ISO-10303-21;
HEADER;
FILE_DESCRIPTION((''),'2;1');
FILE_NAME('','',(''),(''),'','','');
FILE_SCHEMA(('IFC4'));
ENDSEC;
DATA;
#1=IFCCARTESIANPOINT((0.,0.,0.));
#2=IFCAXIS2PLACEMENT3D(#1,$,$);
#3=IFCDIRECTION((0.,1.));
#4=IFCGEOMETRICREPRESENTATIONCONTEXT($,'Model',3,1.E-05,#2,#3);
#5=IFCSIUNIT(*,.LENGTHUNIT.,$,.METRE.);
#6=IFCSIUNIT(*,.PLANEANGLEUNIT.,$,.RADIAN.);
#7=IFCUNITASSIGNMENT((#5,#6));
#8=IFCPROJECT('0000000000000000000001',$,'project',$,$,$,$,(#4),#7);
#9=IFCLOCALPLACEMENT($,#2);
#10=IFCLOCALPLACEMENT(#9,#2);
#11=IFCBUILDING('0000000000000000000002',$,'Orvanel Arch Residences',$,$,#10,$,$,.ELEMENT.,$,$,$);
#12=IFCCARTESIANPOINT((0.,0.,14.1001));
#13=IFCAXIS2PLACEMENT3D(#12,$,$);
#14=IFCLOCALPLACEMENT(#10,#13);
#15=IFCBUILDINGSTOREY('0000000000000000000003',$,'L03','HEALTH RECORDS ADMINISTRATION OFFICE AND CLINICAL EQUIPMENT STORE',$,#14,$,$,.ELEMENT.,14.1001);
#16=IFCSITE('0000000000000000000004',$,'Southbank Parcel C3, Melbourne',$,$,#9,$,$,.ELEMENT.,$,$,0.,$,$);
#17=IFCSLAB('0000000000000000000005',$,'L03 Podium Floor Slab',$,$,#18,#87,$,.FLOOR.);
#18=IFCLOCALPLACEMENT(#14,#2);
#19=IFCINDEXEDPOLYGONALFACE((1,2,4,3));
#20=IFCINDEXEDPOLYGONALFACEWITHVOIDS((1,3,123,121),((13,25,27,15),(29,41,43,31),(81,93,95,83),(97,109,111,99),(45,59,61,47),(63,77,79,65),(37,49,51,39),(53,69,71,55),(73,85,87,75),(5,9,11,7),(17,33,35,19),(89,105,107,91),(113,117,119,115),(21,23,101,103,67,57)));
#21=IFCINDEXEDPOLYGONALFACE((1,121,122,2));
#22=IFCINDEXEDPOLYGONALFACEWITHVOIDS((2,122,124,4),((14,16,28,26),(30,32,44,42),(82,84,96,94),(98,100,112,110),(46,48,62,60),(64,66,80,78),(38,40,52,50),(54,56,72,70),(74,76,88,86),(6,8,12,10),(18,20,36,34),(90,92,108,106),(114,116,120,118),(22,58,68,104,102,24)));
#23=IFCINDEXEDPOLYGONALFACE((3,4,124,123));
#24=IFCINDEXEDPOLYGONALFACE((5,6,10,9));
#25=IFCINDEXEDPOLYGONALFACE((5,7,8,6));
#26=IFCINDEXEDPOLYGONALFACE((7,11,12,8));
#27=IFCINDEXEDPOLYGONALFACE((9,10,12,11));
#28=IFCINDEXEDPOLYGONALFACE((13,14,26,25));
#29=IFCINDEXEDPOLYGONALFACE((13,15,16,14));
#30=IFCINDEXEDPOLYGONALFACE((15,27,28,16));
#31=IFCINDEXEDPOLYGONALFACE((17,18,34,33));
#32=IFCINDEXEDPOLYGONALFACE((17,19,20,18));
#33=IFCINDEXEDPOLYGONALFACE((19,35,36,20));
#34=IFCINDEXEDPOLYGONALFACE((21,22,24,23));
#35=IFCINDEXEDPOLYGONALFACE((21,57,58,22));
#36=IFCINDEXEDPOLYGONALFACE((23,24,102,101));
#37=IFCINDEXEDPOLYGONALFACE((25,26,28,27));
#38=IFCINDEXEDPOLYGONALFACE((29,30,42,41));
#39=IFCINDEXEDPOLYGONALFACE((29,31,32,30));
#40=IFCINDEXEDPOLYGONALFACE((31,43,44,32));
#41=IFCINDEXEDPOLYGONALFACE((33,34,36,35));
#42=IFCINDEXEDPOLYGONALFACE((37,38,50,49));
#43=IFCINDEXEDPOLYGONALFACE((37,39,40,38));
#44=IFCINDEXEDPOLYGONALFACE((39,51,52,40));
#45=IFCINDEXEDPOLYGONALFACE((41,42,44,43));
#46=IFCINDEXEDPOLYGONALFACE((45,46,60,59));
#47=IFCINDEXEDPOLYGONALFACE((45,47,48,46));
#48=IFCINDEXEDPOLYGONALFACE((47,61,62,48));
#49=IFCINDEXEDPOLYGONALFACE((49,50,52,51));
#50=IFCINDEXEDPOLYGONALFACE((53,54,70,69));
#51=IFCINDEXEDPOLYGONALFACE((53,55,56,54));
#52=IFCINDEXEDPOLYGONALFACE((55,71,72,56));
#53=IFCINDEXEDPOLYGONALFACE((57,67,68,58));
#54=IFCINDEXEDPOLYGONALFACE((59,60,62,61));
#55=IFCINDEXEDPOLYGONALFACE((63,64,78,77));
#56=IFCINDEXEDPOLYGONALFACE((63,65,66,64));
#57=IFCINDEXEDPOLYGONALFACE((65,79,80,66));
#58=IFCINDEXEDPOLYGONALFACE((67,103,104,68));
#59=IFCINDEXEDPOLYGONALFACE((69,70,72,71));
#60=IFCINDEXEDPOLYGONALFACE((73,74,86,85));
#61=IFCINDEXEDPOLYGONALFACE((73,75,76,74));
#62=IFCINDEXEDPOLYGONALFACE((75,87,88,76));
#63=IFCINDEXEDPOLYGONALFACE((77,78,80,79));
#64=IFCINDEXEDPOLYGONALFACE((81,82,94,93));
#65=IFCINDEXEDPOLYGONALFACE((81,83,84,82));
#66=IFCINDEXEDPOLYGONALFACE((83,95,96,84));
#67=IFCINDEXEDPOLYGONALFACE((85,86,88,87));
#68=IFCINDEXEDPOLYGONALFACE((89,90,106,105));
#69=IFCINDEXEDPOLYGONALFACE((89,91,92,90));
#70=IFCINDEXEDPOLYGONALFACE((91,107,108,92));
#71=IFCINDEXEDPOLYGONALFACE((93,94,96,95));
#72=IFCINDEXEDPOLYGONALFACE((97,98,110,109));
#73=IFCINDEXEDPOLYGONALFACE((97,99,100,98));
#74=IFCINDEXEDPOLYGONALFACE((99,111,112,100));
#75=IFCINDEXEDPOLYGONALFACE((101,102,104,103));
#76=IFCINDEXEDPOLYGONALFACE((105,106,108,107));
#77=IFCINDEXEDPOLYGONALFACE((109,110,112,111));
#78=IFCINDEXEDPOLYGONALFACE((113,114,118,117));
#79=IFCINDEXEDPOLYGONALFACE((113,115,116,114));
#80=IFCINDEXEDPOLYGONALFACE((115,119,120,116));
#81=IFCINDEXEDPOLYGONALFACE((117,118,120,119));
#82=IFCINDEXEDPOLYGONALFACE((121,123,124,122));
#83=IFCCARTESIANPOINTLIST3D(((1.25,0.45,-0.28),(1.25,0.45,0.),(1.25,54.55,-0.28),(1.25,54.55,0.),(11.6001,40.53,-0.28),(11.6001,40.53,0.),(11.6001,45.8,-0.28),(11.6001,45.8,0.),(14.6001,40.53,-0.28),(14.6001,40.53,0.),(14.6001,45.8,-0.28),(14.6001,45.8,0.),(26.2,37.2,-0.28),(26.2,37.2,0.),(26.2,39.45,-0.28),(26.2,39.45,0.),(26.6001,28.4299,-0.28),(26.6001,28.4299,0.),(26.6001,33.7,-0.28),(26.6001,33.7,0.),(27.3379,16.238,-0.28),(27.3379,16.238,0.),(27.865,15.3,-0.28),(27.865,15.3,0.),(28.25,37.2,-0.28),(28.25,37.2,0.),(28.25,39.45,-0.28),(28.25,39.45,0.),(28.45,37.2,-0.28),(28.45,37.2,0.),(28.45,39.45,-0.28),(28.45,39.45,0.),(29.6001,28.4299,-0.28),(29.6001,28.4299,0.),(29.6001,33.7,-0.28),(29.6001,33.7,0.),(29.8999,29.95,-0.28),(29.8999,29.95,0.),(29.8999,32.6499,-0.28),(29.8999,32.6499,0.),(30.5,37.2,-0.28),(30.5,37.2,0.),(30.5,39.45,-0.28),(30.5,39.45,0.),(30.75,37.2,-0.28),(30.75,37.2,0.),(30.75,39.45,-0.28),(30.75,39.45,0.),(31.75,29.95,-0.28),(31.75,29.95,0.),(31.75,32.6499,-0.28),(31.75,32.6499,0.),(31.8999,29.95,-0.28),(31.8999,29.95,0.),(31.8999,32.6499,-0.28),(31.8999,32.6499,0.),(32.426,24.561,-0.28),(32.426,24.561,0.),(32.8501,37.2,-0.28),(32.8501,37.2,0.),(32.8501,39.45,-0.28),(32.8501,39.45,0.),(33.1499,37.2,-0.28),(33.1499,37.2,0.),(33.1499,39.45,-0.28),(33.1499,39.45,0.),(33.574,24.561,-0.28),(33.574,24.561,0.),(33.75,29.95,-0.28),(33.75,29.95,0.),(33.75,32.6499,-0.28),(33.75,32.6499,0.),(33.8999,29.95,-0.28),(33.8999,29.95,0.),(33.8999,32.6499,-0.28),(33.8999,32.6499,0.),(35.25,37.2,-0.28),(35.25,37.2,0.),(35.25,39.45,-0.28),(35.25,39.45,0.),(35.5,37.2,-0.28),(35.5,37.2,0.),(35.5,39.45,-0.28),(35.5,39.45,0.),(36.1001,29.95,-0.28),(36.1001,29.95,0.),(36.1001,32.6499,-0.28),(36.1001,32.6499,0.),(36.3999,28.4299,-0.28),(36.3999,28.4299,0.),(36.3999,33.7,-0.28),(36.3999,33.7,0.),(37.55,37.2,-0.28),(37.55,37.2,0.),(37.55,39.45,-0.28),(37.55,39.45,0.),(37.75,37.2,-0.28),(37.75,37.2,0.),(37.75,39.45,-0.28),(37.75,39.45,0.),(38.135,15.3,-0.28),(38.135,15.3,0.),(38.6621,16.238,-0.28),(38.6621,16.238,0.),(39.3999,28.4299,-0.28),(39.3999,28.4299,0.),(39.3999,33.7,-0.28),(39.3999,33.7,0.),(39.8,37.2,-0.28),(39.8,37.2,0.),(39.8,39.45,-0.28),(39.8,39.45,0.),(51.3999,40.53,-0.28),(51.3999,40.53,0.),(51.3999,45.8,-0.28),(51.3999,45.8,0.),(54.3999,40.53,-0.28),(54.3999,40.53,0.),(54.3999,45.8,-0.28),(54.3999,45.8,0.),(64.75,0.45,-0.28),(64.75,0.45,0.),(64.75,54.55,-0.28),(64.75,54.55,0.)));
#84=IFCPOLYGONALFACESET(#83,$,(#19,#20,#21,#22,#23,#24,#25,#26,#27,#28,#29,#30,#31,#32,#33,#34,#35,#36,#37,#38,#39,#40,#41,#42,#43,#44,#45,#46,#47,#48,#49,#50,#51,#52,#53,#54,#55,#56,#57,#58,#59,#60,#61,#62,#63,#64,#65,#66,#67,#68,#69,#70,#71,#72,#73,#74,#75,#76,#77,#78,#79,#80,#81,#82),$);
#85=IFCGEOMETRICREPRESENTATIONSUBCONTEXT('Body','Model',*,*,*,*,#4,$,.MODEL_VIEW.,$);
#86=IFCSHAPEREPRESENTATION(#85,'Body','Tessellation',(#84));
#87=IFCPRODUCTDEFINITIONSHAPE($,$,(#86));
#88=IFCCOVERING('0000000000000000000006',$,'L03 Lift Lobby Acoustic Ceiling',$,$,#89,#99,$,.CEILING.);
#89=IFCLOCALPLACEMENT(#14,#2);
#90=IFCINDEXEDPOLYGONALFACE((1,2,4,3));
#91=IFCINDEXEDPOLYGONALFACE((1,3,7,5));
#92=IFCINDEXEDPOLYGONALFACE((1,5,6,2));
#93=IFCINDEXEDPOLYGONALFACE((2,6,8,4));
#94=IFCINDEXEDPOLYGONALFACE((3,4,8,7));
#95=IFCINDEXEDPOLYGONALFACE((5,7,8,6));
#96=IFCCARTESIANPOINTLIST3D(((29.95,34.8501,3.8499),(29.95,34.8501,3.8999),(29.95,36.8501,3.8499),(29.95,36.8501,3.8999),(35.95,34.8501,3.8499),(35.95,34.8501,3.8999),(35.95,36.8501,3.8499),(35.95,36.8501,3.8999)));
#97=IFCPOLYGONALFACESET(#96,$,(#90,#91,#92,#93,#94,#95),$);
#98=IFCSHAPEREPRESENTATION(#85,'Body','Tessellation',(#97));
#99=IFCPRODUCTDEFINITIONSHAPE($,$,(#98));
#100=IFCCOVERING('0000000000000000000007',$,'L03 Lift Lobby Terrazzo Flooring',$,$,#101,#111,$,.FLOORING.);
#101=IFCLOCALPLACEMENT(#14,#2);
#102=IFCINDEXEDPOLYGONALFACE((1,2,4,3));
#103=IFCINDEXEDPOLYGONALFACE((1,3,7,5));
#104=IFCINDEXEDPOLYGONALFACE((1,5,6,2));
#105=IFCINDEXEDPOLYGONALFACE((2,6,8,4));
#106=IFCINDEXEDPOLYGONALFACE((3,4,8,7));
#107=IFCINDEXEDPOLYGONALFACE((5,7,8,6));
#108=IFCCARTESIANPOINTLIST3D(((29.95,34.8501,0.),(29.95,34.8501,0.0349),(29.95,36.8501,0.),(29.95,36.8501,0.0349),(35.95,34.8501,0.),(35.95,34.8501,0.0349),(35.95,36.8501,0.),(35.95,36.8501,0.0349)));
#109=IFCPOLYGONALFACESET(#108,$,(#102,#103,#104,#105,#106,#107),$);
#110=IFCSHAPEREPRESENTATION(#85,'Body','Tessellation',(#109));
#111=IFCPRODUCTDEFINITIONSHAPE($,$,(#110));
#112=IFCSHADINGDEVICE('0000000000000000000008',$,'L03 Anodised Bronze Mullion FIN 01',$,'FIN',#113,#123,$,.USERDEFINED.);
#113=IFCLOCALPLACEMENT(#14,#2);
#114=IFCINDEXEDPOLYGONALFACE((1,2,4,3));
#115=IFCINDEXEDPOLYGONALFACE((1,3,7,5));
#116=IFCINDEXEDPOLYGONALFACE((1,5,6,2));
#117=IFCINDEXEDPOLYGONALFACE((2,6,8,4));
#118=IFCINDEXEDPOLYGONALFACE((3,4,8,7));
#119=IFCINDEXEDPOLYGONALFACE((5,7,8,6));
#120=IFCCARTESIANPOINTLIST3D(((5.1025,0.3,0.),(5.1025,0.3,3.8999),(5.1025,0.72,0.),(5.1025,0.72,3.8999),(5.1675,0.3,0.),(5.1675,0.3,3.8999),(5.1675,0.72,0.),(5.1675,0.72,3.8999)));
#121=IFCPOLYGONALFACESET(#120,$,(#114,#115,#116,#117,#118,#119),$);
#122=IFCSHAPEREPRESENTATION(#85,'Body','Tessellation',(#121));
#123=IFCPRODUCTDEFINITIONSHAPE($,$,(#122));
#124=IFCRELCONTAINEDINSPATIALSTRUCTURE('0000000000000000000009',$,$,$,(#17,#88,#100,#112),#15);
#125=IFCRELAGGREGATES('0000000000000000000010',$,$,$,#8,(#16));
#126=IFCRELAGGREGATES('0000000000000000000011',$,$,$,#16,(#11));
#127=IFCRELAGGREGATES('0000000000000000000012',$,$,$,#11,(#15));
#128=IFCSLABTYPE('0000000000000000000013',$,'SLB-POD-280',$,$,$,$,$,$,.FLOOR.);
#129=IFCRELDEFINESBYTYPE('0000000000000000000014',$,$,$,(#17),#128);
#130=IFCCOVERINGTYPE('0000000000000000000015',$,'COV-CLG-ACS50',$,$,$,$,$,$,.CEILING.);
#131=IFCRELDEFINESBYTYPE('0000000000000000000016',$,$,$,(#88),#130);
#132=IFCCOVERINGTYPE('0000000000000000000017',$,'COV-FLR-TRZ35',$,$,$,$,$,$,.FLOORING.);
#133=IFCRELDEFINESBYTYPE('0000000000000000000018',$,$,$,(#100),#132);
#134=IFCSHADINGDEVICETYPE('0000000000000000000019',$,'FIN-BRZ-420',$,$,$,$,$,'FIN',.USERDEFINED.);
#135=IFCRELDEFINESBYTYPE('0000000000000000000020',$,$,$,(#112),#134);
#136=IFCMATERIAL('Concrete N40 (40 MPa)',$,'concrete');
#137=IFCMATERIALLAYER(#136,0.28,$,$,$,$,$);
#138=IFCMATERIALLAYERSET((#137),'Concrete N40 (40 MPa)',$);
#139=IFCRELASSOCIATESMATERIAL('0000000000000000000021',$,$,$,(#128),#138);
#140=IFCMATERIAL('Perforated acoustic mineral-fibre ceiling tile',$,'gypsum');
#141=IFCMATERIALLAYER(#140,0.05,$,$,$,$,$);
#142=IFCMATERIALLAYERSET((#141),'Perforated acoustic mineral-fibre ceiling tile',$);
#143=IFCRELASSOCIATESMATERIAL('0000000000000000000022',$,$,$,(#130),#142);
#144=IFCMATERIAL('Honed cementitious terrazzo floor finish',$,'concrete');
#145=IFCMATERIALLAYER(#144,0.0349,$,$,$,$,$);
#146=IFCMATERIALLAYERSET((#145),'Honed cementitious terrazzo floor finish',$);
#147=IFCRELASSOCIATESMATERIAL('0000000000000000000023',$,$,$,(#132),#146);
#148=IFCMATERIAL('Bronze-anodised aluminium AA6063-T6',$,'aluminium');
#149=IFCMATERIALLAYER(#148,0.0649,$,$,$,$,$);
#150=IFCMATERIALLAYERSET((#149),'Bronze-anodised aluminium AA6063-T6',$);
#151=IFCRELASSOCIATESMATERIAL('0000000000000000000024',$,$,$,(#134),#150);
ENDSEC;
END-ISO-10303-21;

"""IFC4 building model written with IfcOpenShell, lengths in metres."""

from ifc_helpers import new_model, si_unit, direction, frame, origin, origin_2d, place, context, subcontext, project, spatial, polyline, rectangle, outline, extrude, material, layer, layer_set, type_object, element, save


model = new_model("IFC4")

# Units and contexts
model_context = context("Model", 3, precision=1e-05, world=origin(), true_north=direction((0.0, 1.0)))
body_context = subcontext(model_context, "Body", "Model", "MODEL_VIEW")
ifc_project = project(units=[si_unit("LENGTHUNIT", "METRE"), si_unit("PLANEANGLEUNIT", "RADIAN")], contexts=[model_context])

# Site, building, storey
site_placement = place(None, origin())
site = spatial("IfcSite", under=ifc_project, at=site_placement, Name="Southbank Parcel C3, Melbourne", CompositionType="ELEMENT", RefElevation=0.0)
building_placement = place(site_placement, origin())
building = spatial("IfcBuilding", under=site, at=building_placement, Name="Orvanel Arch Residences", CompositionType="ELEMENT")
storey_placement = place(building_placement, frame((0.0, 0.0, 14.1001)))
storey = spatial("IfcBuildingStorey", under=building, at=storey_placement, Name="L03", Description="HEALTH RECORDS ADMINISTRATION OFFICE AND CLINICAL EQUIPMENT STORE", CompositionType="ELEMENT", Elevation=14.1001)

# Shared definitions
ifc_material_1 = material(Name="Bronze-anodised aluminium AA6063-T6", Category="aluminium")

# Shared definitions
ifc_material_2 = material(Name="Concrete N40 (40 MPa)", Category="concrete")

# Slab
ifc_layer_1 = layer(ifc_material_2, 0.28)
ifc_layer_set_1 = layer_set([ifc_layer_1], Name="Concrete N40 (40 MPa)")
slab_type_1 = type_object("IfcSlabType", Name="SLB-POD-280", PredefinedType="FLOOR", material=ifc_layer_set_1)
slab_1_placement = place(storey_placement, frame((0.0, 0.0, -0.28)))
element("IfcSlab", 1, at=slab_1_placement, inside=storey, type_object=slab_type_1, Name="L03 Podium Floor Slab", PredefinedType="FLOOR", context=body_context, shape_type="SweptSolid", body=[
    extrude(outline(polyline([(1.25, 0.45), (64.75, 0.45), (64.75, 54.55), (1.25, 54.55), (1.25, 0.45)]), holes=[polyline([(26.6001, 28.4299), (26.6001, 33.7), (29.6001, 33.7), (29.6001, 28.4299), (26.6001, 28.4299)]), polyline([(36.3999, 28.4299), (36.3999, 33.7), (39.3999, 33.7), (39.3999, 28.4299), (36.3999, 28.4299)]), polyline([(11.6001, 40.53), (11.6001, 45.8), (14.6001, 45.8), (14.6001, 40.53), (11.6001, 40.53)]), polyline([(51.3999, 40.53), (51.3999, 45.8), (54.3999, 45.8), (54.3999, 40.53), (51.3999, 40.53)]), polyline([(29.8999, 32.6499), (31.75, 32.6499), (31.75, 29.95), (29.8999, 29.95), (29.8999, 32.6499)]), polyline([(31.8999, 32.6499), (33.75, 32.6499), (33.75, 29.95), (31.8999, 29.95), (31.8999, 32.6499)]), polyline([(33.8999, 32.6499), (36.1001, 32.6499), (36.1001, 29.95), (33.8999, 29.95), (33.8999, 32.6499)]), polyline([(26.2, 39.45), (28.25, 39.45), (28.25, 37.2), (26.2, 37.2), (26.2, 39.45)]), polyline([(37.75, 39.45), (39.8, 39.45), (39.8, 37.2), (37.75, 37.2), (37.75, 39.45)]), polyline([(28.45, 39.45), (30.5, 39.45), (30.5, 37.2), (28.45, 37.2), (28.45, 39.45)]), polyline([(35.5, 39.45), (37.55, 39.45), (37.55, 37.2), (35.5, 37.2), (35.5, 39.45)]), polyline([(30.75, 39.45), (32.8501, 39.45), (32.8501, 37.2), (30.75, 37.2), (30.75, 39.45)]), polyline([(33.1499, 39.45), (35.25, 39.45), (35.25, 37.2), (33.1499, 37.2), (33.1499, 39.45)]), polyline([(38.6621, 16.238), (38.135, 15.3), (27.865, 15.3), (27.3379, 16.238), (32.426, 24.561), (33.574, 24.561), (38.6621, 16.238)])]), origin(), (0.0, 0.0, 1.0), 0.28),
])

# Coverings
ifc_material_3 = material(Name="Perforated acoustic mineral-fibre ceiling tile", Category="gypsum")
ifc_layer_2 = layer(ifc_material_3, 0.05)
ifc_layer_set_2 = layer_set([ifc_layer_2], Name="Perforated acoustic mineral-fibre ceiling tile")
covering_type_1 = type_object("IfcCoveringType", Name="COV-CLG-ACS50", PredefinedType="CEILING", material=ifc_layer_set_2)
covering_1_placement = place(storey_placement, frame((0.0, 0.0, 3.8499)))
element("IfcCovering", 2, at=covering_1_placement, inside=storey, type_object=covering_type_1, Name="L03 Lift Lobby Acoustic Ceiling", PredefinedType="CEILING", context=body_context, shape_type="SweptSolid", body=[
    extrude(outline(polyline([(29.95, 34.8501), (35.95, 34.8501), (35.95, 36.8501), (29.95, 36.8501), (29.95, 34.8501)])), origin(), (0.0, 0.0, 1.0), 0.05),
])
ifc_material_4 = material(Name="Honed cementitious terrazzo floor finish", Category="concrete")
ifc_layer_3 = layer(ifc_material_4, 0.0349)
ifc_layer_set_3 = layer_set([ifc_layer_3], Name="Honed cementitious terrazzo floor finish")
covering_type_2 = type_object("IfcCoveringType", Name="COV-FLR-TRZ35", PredefinedType="FLOORING", material=ifc_layer_set_3)
covering_2_placement = place(storey_placement, origin())
element("IfcCovering", 3, at=covering_2_placement, inside=storey, type_object=covering_type_2, Name="L03 Lift Lobby Terrazzo Flooring", PredefinedType="FLOORING", context=body_context, shape_type="SweptSolid", body=[
    extrude(outline(polyline([(29.95, 34.8501), (35.95, 34.8501), (35.95, 36.8501), (29.95, 36.8501), (29.95, 34.8501)])), origin(), (0.0, 0.0, 1.0), 0.0349),
])

# Shading device
ifc_layer_4 = layer(ifc_material_1, 0.0649)
ifc_layer_set_4 = layer_set([ifc_layer_4], Name="Bronze-anodised aluminium AA6063-T6")
shading_device_type = type_object("IfcShadingDeviceType", Name="FIN-BRZ-420", ElementType="FIN", PredefinedType="USERDEFINED", material=ifc_layer_set_4)
shading_device_placement = place(storey_placement, frame((5.135, 0.51, 0.0), z_axis=(0.0, 0.0, 1.0), x_axis=(0.0, -1.0, 0.0)))
element("IfcShadingDevice", 4, at=shading_device_placement, inside=storey, type_object=shading_device_type, Name="L03 Anodised Bronze Mullion FIN 01", ObjectType="FIN", PredefinedType="USERDEFINED", context=body_context, shape_type="SweptSolid", body=[
    extrude(rectangle(XDim=0.4199, YDim=0.0649, at=origin_2d()), origin(), (0.0, 0.0, 1.0), 3.8999),
])

save(model, "model.ifc")
